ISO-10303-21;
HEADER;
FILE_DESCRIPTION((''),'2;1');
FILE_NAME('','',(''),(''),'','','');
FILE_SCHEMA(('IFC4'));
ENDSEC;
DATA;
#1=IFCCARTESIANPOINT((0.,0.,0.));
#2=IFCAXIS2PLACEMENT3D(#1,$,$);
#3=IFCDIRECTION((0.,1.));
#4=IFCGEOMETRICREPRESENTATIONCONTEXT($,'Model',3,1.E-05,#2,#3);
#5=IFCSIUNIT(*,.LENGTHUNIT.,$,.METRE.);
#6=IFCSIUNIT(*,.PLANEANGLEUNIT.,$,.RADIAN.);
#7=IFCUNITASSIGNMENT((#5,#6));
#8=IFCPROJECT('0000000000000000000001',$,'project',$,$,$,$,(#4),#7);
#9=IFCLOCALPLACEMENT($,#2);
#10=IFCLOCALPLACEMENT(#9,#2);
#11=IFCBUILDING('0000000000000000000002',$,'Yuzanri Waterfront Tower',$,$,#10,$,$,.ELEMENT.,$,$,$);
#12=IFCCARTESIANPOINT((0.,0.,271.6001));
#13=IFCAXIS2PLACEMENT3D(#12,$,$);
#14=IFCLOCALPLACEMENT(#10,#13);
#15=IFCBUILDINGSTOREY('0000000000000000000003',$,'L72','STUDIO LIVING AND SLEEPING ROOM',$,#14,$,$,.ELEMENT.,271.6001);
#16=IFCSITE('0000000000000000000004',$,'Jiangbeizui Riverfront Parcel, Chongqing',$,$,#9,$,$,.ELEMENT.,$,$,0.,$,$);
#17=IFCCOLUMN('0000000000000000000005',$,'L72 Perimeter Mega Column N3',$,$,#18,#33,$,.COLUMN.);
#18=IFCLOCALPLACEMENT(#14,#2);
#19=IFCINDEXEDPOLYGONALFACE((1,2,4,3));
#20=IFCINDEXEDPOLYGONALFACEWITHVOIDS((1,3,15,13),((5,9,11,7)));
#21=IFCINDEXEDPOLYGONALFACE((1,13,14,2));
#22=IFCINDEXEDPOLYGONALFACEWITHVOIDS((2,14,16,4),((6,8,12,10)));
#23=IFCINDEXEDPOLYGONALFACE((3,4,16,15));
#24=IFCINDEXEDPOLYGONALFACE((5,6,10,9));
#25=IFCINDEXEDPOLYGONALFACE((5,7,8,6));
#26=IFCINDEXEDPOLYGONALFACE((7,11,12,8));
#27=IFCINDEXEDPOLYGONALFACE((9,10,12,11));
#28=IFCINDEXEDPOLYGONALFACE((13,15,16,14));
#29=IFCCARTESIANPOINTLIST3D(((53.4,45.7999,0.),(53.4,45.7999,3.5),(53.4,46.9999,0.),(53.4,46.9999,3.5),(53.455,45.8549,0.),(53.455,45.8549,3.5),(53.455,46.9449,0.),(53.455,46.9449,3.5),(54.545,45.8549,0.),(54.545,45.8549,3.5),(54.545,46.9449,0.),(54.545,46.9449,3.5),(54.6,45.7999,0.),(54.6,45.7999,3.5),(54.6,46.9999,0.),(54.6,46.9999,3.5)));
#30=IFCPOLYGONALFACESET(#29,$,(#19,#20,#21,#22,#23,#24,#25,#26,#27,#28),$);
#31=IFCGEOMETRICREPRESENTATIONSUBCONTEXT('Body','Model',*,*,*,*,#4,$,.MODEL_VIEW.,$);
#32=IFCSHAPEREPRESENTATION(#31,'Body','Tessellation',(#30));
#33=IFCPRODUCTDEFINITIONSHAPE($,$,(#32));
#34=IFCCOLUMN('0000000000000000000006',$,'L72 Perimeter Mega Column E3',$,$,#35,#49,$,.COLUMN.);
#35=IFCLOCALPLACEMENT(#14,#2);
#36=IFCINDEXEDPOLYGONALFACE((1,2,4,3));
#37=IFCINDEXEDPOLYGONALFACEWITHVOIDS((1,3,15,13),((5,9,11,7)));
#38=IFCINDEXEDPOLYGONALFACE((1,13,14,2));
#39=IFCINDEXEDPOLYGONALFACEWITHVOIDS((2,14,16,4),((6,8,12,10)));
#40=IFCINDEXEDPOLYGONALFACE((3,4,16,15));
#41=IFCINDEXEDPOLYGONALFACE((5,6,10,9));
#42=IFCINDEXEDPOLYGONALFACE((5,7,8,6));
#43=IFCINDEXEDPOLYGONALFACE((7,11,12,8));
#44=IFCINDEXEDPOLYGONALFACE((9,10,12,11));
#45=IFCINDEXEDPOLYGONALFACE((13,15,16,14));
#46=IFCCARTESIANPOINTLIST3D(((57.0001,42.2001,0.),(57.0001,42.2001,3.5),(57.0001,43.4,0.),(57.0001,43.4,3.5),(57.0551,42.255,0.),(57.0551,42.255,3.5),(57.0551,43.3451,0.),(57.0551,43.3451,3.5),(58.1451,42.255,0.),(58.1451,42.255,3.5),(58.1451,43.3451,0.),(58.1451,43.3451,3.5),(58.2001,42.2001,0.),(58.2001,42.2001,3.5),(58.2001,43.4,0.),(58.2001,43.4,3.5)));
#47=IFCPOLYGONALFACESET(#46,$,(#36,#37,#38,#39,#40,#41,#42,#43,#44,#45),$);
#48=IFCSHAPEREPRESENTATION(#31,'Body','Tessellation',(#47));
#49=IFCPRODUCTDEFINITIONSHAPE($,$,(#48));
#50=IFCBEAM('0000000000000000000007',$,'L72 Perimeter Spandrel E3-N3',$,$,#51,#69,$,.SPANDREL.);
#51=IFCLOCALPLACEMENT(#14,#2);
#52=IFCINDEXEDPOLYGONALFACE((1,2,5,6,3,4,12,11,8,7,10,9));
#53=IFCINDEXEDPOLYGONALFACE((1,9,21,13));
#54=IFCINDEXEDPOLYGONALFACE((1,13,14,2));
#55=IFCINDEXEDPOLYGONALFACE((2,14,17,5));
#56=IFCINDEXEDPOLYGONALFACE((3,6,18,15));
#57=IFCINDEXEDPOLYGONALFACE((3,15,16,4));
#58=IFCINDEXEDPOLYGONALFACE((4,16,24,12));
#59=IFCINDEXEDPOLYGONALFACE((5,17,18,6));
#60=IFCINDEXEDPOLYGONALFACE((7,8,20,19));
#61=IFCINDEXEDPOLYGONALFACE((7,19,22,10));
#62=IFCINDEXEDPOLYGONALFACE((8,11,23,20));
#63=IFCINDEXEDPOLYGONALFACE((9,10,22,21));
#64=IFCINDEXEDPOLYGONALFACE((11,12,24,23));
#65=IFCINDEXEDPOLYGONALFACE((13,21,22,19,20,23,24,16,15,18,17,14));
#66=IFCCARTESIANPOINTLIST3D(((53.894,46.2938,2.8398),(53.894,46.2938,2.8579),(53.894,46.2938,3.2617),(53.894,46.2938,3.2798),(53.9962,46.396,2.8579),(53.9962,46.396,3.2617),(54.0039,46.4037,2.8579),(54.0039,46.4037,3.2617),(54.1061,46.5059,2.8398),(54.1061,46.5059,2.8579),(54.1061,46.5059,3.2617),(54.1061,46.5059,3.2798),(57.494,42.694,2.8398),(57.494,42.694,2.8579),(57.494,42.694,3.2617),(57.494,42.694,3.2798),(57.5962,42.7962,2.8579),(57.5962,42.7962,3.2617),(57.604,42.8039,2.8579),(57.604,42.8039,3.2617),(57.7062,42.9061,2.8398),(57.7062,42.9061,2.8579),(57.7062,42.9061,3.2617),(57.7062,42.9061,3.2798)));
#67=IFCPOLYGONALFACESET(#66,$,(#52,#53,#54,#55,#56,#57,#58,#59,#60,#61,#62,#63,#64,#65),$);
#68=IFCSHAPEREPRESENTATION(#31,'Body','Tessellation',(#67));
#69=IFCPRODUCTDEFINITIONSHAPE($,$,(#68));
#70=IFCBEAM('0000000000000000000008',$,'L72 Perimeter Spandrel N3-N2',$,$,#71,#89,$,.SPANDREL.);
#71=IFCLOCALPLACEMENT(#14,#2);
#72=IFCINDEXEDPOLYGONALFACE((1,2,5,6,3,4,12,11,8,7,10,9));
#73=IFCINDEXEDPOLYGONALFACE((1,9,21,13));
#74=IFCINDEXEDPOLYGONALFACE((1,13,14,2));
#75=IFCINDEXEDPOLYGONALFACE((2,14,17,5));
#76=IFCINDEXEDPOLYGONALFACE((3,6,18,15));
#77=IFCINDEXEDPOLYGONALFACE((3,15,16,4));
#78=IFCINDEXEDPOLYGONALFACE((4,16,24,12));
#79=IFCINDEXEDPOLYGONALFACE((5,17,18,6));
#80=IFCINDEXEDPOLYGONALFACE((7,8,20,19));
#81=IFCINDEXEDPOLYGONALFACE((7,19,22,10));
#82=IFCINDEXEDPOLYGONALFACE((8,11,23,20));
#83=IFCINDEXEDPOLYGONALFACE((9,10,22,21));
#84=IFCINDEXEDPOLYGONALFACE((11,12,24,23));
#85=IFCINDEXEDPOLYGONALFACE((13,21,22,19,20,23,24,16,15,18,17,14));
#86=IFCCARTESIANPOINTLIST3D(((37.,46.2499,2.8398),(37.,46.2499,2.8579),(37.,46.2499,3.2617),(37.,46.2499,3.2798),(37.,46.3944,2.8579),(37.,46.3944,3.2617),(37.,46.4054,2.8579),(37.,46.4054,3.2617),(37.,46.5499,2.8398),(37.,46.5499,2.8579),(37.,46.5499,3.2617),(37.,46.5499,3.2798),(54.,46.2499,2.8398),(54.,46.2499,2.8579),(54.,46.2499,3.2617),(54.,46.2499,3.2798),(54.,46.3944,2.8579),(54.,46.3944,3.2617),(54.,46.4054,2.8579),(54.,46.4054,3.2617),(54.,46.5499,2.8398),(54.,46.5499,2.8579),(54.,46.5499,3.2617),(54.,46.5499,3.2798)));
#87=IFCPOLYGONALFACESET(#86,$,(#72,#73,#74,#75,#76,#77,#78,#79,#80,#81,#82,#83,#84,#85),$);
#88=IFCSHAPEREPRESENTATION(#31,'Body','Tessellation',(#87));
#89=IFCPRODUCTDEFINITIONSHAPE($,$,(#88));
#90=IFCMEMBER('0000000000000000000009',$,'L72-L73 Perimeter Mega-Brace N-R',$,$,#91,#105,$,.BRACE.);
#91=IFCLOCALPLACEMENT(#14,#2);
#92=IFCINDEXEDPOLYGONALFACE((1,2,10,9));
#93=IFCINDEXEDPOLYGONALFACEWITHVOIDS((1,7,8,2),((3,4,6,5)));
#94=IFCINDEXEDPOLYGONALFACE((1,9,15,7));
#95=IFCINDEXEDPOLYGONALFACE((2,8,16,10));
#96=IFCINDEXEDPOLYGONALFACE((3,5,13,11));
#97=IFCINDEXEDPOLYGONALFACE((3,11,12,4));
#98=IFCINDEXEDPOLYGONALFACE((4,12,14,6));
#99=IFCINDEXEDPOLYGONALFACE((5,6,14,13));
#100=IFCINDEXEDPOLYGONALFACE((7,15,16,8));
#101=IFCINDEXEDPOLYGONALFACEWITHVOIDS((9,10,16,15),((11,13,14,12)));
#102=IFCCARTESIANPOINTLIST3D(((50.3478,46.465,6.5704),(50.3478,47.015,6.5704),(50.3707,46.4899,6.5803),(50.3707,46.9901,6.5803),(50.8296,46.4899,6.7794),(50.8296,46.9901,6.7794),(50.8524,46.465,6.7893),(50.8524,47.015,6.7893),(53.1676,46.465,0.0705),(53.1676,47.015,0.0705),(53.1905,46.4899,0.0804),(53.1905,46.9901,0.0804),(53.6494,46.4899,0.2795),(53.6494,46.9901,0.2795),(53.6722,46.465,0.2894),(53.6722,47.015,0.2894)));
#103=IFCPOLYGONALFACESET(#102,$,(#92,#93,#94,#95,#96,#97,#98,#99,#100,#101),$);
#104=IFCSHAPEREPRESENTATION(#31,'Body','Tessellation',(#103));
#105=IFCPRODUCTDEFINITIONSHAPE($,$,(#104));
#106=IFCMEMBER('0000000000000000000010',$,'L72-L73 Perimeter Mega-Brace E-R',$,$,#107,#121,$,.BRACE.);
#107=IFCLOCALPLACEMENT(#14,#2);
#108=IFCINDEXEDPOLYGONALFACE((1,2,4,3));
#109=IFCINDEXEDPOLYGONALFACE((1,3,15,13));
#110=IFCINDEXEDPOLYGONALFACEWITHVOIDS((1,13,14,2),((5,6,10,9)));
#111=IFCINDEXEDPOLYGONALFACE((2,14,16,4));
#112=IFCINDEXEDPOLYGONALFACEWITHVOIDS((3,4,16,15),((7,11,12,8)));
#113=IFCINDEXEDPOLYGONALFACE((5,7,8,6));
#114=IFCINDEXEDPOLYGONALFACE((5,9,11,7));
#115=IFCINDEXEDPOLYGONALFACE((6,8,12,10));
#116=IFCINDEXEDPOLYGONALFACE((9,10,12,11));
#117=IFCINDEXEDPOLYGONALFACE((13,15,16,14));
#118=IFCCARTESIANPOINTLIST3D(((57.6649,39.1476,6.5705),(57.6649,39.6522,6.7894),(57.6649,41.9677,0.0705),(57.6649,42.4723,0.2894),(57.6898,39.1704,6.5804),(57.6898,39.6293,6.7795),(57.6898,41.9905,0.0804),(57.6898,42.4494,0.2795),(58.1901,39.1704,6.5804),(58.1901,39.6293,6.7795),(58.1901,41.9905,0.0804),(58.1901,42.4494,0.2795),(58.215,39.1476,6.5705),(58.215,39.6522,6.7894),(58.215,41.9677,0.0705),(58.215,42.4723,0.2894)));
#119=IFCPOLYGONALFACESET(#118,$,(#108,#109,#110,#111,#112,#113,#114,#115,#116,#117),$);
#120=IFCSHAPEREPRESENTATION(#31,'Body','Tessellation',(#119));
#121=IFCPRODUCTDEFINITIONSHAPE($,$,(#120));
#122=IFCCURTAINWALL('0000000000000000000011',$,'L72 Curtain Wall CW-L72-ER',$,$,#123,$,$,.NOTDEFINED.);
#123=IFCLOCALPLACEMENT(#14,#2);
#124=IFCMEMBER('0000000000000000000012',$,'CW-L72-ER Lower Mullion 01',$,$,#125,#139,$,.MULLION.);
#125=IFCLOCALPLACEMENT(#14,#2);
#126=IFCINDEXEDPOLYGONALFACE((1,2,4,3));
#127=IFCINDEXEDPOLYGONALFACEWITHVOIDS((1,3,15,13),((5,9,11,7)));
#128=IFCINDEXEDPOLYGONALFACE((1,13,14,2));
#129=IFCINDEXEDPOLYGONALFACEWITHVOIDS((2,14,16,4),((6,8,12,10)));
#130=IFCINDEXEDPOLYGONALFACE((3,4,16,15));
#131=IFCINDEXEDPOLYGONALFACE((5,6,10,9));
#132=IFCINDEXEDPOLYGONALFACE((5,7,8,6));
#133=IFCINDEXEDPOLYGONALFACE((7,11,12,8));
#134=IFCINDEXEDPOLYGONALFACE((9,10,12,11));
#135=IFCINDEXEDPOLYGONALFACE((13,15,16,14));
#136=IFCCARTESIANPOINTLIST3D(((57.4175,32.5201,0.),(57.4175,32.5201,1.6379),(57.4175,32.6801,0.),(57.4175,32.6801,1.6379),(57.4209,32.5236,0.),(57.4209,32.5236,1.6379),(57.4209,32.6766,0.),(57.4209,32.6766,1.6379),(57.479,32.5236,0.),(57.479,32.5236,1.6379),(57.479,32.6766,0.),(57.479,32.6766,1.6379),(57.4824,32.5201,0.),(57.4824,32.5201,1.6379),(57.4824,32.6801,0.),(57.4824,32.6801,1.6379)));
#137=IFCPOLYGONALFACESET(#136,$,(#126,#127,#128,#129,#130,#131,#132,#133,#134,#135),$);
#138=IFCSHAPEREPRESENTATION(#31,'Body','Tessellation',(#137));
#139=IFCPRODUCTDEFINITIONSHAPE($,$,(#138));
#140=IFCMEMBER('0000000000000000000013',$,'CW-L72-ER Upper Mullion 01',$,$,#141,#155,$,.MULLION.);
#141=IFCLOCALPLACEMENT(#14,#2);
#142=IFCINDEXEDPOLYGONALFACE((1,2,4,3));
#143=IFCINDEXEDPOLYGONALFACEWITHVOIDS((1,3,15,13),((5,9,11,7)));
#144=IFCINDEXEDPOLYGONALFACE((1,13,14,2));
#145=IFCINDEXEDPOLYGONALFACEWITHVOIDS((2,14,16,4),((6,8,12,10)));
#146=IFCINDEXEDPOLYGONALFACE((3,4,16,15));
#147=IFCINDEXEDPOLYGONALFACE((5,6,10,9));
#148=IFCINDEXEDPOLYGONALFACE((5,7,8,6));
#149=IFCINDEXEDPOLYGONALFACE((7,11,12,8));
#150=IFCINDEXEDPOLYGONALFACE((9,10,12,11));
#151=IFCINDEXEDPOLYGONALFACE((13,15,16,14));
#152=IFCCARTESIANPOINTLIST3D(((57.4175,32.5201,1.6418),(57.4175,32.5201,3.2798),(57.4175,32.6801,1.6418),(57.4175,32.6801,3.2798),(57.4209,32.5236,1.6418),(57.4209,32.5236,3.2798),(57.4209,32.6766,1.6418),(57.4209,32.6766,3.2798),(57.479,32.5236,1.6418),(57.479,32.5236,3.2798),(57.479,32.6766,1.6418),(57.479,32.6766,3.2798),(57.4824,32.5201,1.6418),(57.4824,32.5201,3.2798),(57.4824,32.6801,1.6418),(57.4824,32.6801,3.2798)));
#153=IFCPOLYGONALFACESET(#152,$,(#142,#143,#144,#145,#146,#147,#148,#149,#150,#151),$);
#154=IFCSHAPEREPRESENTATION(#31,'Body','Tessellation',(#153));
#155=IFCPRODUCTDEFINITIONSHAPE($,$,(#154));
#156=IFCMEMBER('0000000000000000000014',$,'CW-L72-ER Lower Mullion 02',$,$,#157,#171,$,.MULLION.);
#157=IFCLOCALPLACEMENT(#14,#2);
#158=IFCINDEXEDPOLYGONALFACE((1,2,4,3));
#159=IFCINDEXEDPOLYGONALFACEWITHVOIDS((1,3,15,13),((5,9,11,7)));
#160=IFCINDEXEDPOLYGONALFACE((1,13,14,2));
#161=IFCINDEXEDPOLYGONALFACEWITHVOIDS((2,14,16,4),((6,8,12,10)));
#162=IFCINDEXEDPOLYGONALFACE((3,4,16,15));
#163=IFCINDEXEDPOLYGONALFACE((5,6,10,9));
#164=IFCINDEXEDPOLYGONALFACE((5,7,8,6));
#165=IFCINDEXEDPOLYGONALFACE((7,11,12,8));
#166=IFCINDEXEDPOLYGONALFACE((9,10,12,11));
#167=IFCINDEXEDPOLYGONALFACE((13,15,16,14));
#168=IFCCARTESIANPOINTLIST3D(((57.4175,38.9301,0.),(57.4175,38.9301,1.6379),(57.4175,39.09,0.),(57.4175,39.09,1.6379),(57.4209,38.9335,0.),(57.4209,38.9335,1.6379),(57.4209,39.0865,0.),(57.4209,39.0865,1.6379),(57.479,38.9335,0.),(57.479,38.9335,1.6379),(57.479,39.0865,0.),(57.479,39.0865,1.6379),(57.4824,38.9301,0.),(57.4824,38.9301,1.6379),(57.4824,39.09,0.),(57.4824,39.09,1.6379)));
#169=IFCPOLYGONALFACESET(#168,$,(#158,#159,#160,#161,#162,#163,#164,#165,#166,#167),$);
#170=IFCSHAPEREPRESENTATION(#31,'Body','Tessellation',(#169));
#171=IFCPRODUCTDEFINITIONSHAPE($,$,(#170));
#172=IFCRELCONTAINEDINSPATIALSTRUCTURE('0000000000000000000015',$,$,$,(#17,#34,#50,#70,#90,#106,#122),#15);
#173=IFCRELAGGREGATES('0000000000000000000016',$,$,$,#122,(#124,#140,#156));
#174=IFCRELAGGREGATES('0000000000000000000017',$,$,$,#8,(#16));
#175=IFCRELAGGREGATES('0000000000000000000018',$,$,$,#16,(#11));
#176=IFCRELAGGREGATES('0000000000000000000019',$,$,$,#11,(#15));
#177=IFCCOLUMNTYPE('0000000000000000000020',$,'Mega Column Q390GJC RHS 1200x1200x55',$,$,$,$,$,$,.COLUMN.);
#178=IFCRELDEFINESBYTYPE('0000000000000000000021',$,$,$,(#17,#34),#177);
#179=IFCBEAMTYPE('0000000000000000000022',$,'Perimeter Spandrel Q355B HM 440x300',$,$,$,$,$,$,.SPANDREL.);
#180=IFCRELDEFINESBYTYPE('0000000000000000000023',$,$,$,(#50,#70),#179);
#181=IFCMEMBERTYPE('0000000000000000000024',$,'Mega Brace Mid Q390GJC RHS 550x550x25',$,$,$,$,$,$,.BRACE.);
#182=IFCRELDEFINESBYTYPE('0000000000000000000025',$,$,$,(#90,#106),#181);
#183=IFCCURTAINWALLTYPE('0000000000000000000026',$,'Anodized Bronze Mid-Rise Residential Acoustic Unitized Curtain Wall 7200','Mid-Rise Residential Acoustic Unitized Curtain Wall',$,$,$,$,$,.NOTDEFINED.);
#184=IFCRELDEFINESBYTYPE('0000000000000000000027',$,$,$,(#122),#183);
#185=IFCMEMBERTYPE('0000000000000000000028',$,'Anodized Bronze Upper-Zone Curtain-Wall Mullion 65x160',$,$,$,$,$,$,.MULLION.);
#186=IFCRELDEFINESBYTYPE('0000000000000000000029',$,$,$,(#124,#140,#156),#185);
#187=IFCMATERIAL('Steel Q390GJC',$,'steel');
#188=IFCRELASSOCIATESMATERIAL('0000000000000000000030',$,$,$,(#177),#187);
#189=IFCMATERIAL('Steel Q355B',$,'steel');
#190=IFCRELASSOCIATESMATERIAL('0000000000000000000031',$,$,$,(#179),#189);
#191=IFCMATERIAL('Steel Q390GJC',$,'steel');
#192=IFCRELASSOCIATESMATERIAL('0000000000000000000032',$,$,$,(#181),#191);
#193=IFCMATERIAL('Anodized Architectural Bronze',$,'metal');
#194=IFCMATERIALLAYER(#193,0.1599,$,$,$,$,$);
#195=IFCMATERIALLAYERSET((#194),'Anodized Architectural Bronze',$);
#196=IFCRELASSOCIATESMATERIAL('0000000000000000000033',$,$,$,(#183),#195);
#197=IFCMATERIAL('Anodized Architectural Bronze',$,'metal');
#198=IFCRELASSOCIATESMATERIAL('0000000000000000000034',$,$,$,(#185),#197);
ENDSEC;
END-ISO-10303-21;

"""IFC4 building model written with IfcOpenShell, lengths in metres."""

from ifc_helpers import new_model, si_unit, direction, frame, origin, origin_2d, place, context, subcontext, project, spatial, hollow_rectangle, i_section, extrude, source, transform, mapped, material, layer, layer_set, material_profile, profile_set, type_object, element, aggregate, save


model = new_model("IFC4")

# Units and contexts
model_context = context("Model", 3, precision=1e-05, world=origin(), true_north=direction((0.0, 1.0)))
body_context = subcontext(model_context, "Body", "Model", "MODEL_VIEW")
ifc_project = project(units=[si_unit("LENGTHUNIT", "METRE"), si_unit("PLANEANGLEUNIT", "RADIAN")], contexts=[model_context])

# Site, building, storey
site_placement = place(None, origin())
site = spatial("IfcSite", under=ifc_project, at=site_placement, Name="Jiangbeizui Riverfront Parcel, Chongqing", CompositionType="ELEMENT", RefElevation=0.0)
building_placement = place(site_placement, origin())
building = spatial("IfcBuilding", under=site, at=building_placement, Name="Yuzanri Waterfront Tower", CompositionType="ELEMENT")
storey_placement = place(building_placement, frame((0.0, 0.0, 271.6001)))
storey = spatial("IfcBuildingStorey", under=building, at=storey_placement, Name="L72", Description="STUDIO LIVING AND SLEEPING ROOM", CompositionType="ELEMENT", Elevation=271.6001)

# Columns
ifc_material_1 = material(Name="Steel Q390GJC", Category="steel")
ifc_material_profile_1 = material_profile(ifc_material_1, hollow_rectangle(XDim=1.2, YDim=1.2, WallThickness=0.0549, at=origin_2d()), Name="RHS 1200x1200x55")
ifc_profile_set_1 = profile_set([ifc_material_profile_1], Name="Steel Q390GJC")
column_type = type_object("IfcColumnType", Name="Mega Column Q390GJC RHS 1200x1200x55", PredefinedType="COLUMN", material=ifc_profile_set_1)
shared_shape_1 = source(origin(), body_context, "Body", "SweptSolid", [
    extrude(hollow_rectangle(XDim=1.2, YDim=1.2, WallThickness=0.0549, at=origin_2d()), origin(), (0.0, 0.0, 1.0), 3.5),
])
for number, where, z_axis, x_axis, name in (
    (1, (54.0, 46.3999, 0.0), (0.0, 0.0, 1.0), (1.0, 0.0, 0.0), "L72 Perimeter Mega Column N3"),
    (2, (57.6001, 42.8, 0.0), (0.0, 0.0, 1.0), (1.0, 0.0, 0.0), "L72 Perimeter Mega Column E3"),
):
    element("IfcColumn", number, at=place(storey_placement, frame(where, z_axis=z_axis, x_axis=x_axis)), inside=storey, type_object=column_type, Name=name, PredefinedType="COLUMN", context=body_context, shape_type="MappedRepresentation", body=[
        mapped(shared_shape_1, transform((0.0, 0.0, 0.0), scale=1.0)),
    ])

# Beams
ifc_material_2 = material(Name="Steel Q355B", Category="steel")
ifc_material_profile_2 = material_profile(ifc_material_2, i_section(OverallWidth=0.3, OverallDepth=0.4399, WebThickness=0.011, FlangeThickness=0.0181, at=origin_2d()), Name="HM 440x300x11x18")
ifc_profile_set_2 = profile_set([ifc_material_profile_2], Name="Steel Q355B")
beam_type = type_object("IfcBeamType", Name="Perimeter Spandrel Q355B HM 440x300", PredefinedType="SPANDREL", material=ifc_profile_set_2)
shared_shape_2 = source(origin(), body_context, "Body", "SweptSolid", [
    extrude(i_section(OverallWidth=0.3, OverallDepth=0.4399, WebThickness=0.011, FlangeThickness=0.0181, at=origin_2d()), origin(), (0.0, 0.0, 1.0), 5.0911),
])
beam_1_placement = place(storey_placement, frame((57.6001, 42.8, 3.0598), z_axis=(-0.707131, 0.707083, 0.0), x_axis=(-0.707083, -0.707131, 0.0)))
element("IfcBeam", 3, at=beam_1_placement, inside=storey, type_object=beam_type, Name="L72 Perimeter Spandrel E3-N3", PredefinedType="SPANDREL", context=body_context, shape_type="MappedRepresentation", body=[
    mapped(shared_shape_2, transform((0.0, 0.0, 0.0), scale=1.0)),
])
shared_shape_3 = source(origin(), body_context, "Body", "SweptSolid", [
    extrude(i_section(OverallWidth=0.3, OverallDepth=0.4399, WebThickness=0.011, FlangeThickness=0.0181, at=origin_2d()), origin(), (0.0, 0.0, 1.0), 17.0),
])
beam_2_placement = place(storey_placement, frame((54.0, 46.3999, 3.0598), z_axis=(-1.0, 0.0, 0.0), x_axis=(0.0, -1.0, 0.0)))
element("IfcBeam", 4, at=beam_2_placement, inside=storey, type_object=beam_type, Name="L72 Perimeter Spandrel N3-N2", PredefinedType="SPANDREL", context=body_context, shape_type="MappedRepresentation", body=[
    mapped(shared_shape_3, transform((0.0, 0.0, 0.0), scale=1.0)),
])

# Members
ifc_material_3 = material(Name="Steel Q390GJC", Category="steel")
ifc_material_profile_3 = material_profile(ifc_material_3, hollow_rectangle(XDim=0.55, YDim=0.55, WallThickness=0.0249, at=origin_2d()), Name="RHS 550x550x25")
ifc_profile_set_3 = profile_set([ifc_material_profile_3], Name="Steel Q390GJC")
member_type_1 = type_object("IfcMemberType", Name="Mega Brace Mid Q390GJC RHS 550x550x25", PredefinedType="BRACE", material=ifc_profile_set_3)
shared_shape_4 = source(origin(), body_context, "Body", "SweptSolid", [
    extrude(hollow_rectangle(XDim=0.55, YDim=0.55, WallThickness=0.0249, at=origin_2d()), origin(), (0.0, 0.0, 1.0), 7.0852),
])
member_1_placement = place(storey_placement, frame((53.4199, 46.74, 0.1799), z_axis=(-0.397983, 0.0, 0.917393), x_axis=(0.0, -1.0, 0.0)))
element("IfcMember", 5, at=member_1_placement, inside=storey, type_object=member_type_1, Name="L72-L73 Perimeter Mega-Brace N-R", PredefinedType="BRACE", context=body_context, shape_type="MappedRepresentation", body=[
    mapped(shared_shape_4, transform((0.0, 0.0, 0.0), scale=1.0)),
])
shared_shape_5 = source(origin(), body_context, "Body", "SweptSolid", [
    extrude(hollow_rectangle(XDim=0.55, YDim=0.55, WallThickness=0.0249, at=origin_2d()), origin(), (0.0, 0.0, 1.0), 7.0854),
])
member_2_placement = place(storey_placement, frame((57.9399, 42.22, 0.1799), z_axis=(0.0, -0.398012, 0.91738), x_axis=(1.0, 0.0, 0.0)))
element("IfcMember", 6, at=member_2_placement, inside=storey, type_object=member_type_1, Name="L72-L73 Perimeter Mega-Brace E-R", PredefinedType="BRACE", context=body_context, shape_type="MappedRepresentation", body=[
    mapped(shared_shape_5, transform((0.0, 0.0, 0.0), scale=1.0)),
])

# Curtain wall, members
ifc_material_4 = material(Name="Anodized Architectural Bronze", Category="metal")
ifc_layer_1 = layer(ifc_material_4, 0.1599)
ifc_layer_set_1 = layer_set([ifc_layer_1], Name="Anodized Architectural Bronze")
curtain_wall_type = type_object("IfcCurtainWallType", Name="Anodized Bronze Mid-Rise Residential Acoustic Unitized Curtain Wall 7200", Description="Mid-Rise Residential Acoustic Unitized Curtain Wall", PredefinedType="NOTDEFINED", material=ifc_layer_set_1)
curtain_wall_placement = place(storey_placement, origin())
curtain_wall = element("IfcCurtainWall", 7, at=curtain_wall_placement, inside=storey, type_object=curtain_wall_type, Name="L72 Curtain Wall CW-L72-ER", PredefinedType="NOTDEFINED")
ifc_material_5 = material(Name="Anodized Architectural Bronze", Category="metal")
ifc_material_profile_4 = material_profile(ifc_material_5, hollow_rectangle(XDim=0.0649, YDim=0.1599, WallThickness=0.0034, at=origin_2d()), Name="CWM 65x160")
ifc_profile_set_4 = profile_set([ifc_material_profile_4], Name="Anodized Architectural Bronze")
member_type_2 = type_object("IfcMemberType", Name="Anodized Bronze Upper-Zone Curtain-Wall Mullion 65x160", PredefinedType="MULLION", material=ifc_profile_set_4)
shared_shape_6 = source(origin(), body_context, "Body", "SweptSolid", [
    extrude(hollow_rectangle(XDim=0.0649, YDim=0.1599, WallThickness=0.0034, at=origin_2d()), origin(), (0.0, 0.0, 1.0), 1.6379),
])
member_3_placement = place(storey_placement, frame((57.45, 32.6001, 0.0), z_axis=(0.0, 0.0, 1.0), x_axis=(1.0, 0.0, 0.0)))
member_3 = element("IfcMember", 8, at=member_3_placement, type_object=member_type_2, Name="CW-L72-ER Lower Mullion 01", PredefinedType="MULLION", context=body_context, shape_type="MappedRepresentation", body=[
    mapped(shared_shape_6, transform((0.0, 0.0, 0.0), scale=1.0)),
])
member_4_placement = place(storey_placement, frame((57.45, 32.6001, 1.6418), z_axis=(0.0, 0.0, 1.0), x_axis=(1.0, 0.0, 0.0)))
member_4 = element("IfcMember", 9, at=member_4_placement, type_object=member_type_2, Name="CW-L72-ER Upper Mullion 01", PredefinedType="MULLION", context=body_context, shape_type="MappedRepresentation", body=[
    mapped(shared_shape_6, transform((0.0, 0.0, 0.0), scale=1.0)),
])
member_5_placement = place(storey_placement, frame((57.45, 39.01, 0.0), z_axis=(0.0, 0.0, 1.0), x_axis=(1.0, 0.0, 0.0)))
member_5 = element("IfcMember", 10, at=member_5_placement, type_object=member_type_2, Name="CW-L72-ER Lower Mullion 02", PredefinedType="MULLION", context=body_context, shape_type="MappedRepresentation", body=[
    mapped(shared_shape_6, transform((0.0, 0.0, 0.0), scale=1.0)),
])

aggregate(curtain_wall, [member_3, member_4, member_5])

save(model, "model.ifc")
